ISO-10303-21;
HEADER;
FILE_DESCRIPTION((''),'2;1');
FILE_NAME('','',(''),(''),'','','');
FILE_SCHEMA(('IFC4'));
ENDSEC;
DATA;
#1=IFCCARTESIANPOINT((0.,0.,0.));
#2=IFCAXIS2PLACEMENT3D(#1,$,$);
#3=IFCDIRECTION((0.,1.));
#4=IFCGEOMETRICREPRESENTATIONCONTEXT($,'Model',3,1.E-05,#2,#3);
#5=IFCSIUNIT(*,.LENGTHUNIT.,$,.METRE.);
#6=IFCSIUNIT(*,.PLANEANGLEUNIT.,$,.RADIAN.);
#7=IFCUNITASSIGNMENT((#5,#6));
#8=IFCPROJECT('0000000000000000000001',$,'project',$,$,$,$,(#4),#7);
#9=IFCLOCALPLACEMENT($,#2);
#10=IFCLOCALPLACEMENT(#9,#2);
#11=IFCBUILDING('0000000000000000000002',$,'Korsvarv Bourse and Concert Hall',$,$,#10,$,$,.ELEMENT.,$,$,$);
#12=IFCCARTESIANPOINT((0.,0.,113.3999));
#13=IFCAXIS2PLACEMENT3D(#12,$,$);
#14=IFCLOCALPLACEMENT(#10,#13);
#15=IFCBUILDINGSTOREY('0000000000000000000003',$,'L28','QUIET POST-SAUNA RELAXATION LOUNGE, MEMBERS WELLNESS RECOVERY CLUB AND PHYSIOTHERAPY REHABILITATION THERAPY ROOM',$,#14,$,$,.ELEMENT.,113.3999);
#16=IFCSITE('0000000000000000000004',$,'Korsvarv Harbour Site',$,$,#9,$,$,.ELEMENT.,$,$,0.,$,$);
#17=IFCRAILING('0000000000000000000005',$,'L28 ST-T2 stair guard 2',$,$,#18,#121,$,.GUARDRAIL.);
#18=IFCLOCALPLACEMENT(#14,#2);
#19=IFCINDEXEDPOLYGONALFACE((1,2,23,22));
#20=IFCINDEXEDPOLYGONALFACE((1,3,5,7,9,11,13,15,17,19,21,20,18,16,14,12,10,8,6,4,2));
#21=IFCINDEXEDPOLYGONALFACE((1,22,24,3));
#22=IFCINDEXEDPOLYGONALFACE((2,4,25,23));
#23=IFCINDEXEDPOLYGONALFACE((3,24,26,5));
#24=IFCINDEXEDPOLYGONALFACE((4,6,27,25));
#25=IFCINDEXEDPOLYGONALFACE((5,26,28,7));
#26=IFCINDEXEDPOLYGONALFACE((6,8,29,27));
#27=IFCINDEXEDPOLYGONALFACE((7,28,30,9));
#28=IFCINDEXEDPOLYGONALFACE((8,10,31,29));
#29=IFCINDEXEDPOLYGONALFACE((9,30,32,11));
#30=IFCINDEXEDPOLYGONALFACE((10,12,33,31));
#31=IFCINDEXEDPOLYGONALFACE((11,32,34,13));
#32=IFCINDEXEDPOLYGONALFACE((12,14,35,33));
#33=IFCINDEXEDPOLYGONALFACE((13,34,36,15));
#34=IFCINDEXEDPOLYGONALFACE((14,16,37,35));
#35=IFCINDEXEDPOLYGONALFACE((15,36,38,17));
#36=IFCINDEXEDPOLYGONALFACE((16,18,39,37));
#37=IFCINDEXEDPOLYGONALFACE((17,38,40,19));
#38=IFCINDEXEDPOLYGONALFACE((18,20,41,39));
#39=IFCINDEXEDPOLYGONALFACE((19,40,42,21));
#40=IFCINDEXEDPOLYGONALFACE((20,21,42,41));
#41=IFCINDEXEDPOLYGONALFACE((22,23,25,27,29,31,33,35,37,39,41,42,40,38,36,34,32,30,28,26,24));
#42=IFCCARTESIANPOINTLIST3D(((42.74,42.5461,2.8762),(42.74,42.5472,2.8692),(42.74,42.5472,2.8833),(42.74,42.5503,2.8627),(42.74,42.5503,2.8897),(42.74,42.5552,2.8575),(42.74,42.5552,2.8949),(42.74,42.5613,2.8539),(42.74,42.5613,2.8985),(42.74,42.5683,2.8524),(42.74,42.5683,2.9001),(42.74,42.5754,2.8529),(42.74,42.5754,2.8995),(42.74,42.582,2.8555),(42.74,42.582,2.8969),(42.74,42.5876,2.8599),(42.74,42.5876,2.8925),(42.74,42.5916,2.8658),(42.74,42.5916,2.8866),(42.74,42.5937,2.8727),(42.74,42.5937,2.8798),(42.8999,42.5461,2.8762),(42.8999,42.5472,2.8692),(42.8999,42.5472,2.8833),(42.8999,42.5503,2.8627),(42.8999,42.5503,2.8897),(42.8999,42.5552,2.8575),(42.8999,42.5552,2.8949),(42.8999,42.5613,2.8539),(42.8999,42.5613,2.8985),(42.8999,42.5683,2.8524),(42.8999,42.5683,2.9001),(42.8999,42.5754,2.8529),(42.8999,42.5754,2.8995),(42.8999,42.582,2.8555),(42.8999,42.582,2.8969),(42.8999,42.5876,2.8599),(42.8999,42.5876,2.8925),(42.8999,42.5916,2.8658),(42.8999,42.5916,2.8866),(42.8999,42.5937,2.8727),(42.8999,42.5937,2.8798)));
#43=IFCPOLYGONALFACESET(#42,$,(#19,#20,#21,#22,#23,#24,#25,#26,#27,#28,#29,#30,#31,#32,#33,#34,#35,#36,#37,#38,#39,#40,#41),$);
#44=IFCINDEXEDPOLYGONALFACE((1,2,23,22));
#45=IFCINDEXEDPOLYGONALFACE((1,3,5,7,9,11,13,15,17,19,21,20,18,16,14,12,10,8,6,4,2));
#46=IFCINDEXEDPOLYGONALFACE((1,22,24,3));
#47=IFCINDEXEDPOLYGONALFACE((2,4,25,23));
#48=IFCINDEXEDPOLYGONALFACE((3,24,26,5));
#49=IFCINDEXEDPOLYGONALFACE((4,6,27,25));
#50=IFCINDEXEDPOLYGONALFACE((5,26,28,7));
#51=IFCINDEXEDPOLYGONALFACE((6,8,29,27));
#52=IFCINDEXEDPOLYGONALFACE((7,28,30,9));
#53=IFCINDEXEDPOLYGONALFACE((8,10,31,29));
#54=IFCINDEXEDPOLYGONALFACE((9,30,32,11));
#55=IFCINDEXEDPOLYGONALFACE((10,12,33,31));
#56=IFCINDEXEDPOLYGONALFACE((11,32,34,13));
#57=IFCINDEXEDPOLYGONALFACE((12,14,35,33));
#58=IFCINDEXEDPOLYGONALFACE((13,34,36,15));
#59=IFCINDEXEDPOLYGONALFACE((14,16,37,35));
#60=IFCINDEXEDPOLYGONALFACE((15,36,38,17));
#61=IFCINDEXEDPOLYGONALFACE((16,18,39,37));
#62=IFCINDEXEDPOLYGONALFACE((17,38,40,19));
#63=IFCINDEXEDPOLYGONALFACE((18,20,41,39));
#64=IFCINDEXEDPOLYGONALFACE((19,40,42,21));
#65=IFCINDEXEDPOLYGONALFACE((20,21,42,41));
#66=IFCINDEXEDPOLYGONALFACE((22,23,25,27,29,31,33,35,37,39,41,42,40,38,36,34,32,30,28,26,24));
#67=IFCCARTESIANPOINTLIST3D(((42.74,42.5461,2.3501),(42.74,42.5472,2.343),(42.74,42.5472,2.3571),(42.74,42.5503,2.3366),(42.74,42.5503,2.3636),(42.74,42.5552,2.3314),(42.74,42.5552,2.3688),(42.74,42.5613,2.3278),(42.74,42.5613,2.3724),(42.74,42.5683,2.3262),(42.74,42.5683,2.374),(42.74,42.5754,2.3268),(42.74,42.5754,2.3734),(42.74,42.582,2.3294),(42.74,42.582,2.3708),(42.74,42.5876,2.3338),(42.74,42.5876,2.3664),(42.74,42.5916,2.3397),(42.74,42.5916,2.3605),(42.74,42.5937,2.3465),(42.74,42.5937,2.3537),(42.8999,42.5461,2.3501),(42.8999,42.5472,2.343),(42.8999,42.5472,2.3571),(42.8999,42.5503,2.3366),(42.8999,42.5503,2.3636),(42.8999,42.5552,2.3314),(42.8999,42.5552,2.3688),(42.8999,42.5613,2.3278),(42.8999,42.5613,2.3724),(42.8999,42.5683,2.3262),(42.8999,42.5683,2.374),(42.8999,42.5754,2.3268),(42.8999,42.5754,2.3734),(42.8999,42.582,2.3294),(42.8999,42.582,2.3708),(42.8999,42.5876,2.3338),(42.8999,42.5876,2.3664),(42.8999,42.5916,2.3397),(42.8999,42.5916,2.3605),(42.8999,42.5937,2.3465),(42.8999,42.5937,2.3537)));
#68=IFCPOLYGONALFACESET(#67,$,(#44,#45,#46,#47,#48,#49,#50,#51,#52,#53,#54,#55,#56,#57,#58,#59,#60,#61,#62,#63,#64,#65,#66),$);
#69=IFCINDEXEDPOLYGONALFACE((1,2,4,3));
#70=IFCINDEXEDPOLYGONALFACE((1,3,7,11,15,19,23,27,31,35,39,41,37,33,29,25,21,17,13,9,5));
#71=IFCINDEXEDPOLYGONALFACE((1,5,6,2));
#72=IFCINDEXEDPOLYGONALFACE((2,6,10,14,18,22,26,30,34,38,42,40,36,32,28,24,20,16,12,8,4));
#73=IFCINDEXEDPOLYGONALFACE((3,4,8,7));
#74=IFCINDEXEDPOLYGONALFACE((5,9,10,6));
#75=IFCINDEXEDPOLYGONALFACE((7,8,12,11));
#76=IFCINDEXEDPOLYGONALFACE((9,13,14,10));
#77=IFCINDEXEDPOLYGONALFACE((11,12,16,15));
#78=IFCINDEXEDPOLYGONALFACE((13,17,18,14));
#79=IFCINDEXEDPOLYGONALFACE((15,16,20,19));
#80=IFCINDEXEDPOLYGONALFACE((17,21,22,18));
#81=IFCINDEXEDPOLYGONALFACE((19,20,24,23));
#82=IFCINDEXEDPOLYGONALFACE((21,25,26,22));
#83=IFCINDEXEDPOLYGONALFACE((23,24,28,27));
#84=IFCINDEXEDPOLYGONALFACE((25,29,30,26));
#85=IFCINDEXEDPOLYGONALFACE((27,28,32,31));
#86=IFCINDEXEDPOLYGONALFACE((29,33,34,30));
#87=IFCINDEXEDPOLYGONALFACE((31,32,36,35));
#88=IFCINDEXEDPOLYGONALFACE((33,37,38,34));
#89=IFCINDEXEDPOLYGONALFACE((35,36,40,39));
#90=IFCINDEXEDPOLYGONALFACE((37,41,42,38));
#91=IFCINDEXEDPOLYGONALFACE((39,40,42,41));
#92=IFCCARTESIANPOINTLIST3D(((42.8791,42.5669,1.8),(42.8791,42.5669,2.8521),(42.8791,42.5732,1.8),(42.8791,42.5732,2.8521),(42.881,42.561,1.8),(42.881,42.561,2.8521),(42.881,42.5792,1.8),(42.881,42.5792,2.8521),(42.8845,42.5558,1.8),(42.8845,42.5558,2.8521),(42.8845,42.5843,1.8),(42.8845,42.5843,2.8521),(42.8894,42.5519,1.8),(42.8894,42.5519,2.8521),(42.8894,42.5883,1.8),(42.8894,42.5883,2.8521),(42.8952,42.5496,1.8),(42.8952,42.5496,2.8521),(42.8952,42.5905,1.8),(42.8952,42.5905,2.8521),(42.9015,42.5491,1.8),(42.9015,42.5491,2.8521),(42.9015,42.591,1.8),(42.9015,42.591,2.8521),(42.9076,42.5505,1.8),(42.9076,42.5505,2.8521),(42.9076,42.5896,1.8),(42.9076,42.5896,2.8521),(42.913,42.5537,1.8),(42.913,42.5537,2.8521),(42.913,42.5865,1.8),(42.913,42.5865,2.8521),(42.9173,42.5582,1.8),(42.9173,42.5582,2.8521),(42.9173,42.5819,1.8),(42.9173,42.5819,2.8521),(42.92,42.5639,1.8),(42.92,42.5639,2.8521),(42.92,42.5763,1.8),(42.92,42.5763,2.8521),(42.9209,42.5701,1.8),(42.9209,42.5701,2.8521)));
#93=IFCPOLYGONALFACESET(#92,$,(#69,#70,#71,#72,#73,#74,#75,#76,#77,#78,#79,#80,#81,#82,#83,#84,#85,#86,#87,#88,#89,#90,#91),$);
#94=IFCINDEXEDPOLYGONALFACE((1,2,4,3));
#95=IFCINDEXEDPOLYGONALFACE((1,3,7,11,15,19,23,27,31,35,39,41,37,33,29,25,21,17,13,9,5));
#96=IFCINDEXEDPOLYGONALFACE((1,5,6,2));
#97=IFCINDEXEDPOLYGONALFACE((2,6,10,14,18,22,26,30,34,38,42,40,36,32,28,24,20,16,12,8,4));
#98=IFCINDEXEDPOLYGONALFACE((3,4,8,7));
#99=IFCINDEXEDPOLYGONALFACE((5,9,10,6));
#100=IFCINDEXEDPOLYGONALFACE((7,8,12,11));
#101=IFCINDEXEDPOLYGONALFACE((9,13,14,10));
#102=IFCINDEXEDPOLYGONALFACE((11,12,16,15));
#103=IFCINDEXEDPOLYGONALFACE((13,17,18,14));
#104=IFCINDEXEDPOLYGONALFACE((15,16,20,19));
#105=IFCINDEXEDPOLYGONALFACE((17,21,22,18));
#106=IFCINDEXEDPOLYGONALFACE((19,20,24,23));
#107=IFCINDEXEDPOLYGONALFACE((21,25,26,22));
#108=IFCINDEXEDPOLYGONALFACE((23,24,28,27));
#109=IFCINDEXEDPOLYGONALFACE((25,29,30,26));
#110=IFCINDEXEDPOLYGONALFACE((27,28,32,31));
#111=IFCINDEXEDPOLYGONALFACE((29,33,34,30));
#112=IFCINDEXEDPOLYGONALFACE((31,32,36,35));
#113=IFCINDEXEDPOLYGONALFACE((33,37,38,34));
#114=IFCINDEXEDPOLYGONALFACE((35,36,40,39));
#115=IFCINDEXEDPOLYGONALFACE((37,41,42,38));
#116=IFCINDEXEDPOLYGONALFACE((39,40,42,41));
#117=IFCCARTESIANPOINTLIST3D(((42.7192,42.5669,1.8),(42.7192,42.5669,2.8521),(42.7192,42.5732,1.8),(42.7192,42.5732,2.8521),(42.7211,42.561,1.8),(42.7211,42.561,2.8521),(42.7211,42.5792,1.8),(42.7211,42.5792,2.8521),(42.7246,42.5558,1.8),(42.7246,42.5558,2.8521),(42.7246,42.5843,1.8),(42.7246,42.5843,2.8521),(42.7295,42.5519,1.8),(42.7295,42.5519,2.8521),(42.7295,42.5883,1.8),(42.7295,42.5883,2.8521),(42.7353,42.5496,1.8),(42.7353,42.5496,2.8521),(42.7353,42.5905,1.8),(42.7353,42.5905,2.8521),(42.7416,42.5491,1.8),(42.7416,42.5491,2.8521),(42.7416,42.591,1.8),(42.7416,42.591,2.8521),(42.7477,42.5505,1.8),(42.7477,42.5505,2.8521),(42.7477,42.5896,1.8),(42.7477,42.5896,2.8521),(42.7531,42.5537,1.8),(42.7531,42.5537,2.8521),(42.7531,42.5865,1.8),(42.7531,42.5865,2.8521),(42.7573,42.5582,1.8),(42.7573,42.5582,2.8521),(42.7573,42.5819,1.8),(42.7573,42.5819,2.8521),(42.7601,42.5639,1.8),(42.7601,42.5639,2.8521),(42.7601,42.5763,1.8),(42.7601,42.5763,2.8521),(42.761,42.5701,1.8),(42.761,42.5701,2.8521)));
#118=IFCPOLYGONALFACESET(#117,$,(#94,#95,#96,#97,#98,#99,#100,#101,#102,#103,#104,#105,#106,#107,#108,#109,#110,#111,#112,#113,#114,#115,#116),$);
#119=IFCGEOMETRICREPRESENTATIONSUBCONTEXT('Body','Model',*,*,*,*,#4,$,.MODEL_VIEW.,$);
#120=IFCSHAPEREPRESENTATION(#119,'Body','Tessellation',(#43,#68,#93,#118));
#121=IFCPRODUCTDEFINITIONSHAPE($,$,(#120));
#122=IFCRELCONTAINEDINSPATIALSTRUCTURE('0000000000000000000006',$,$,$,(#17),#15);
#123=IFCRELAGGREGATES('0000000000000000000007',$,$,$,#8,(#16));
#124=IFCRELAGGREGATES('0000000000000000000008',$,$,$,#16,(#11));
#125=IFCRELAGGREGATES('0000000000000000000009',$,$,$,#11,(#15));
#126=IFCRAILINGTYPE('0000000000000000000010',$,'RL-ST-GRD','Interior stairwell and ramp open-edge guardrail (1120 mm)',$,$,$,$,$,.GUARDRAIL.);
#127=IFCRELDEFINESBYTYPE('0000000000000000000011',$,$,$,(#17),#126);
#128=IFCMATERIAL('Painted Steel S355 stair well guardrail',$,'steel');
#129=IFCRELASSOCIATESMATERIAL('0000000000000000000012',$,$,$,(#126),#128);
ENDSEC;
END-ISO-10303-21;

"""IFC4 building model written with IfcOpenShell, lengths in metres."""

from ifc_helpers import new_model, si_unit, direction, frame, origin, origin_2d, place, context, subcontext, project, spatial, circle, extrude, material, type_object, element, save


model = new_model("IFC4")

# Units and contexts
model_context = context("Model", 3, precision=1e-05, world=origin(), true_north=direction((0.0, 1.0)))
body_context = subcontext(model_context, "Body", "Model", "MODEL_VIEW")
ifc_project = project(units=[si_unit("LENGTHUNIT", "METRE"), si_unit("PLANEANGLEUNIT", "RADIAN")], contexts=[model_context])

# Site, building, storey
site_placement = place(None, origin())
site = spatial("IfcSite", under=ifc_project, at=site_placement, Name="Korsvarv Harbour Site", CompositionType="ELEMENT", RefElevation=0.0)
building_placement = place(site_placement, origin())
building = spatial("IfcBuilding", under=site, at=building_placement, Name="Korsvarv Bourse and Concert Hall", CompositionType="ELEMENT")
storey_placement = place(building_placement, frame((0.0, 0.0, 113.3999)))
storey = spatial("IfcBuildingStorey", under=building, at=storey_placement, Name="L28", Description="QUIET POST-SAUNA RELAXATION LOUNGE, MEMBERS WELLNESS RECOVERY CLUB AND PHYSIOTHERAPY REHABILITATION THERAPY ROOM", CompositionType="ELEMENT", Elevation=113.3999)

# Railing
ifc_material_1 = material(Name="Painted Steel S355 stair well guardrail", Category="steel")
railing_type_1 = type_object("IfcRailingType", Name="RL-ST-GRD", Description="Interior stairwell and ramp open-edge guardrail (1120 mm)", PredefinedType="GUARDRAIL", material=ifc_material_1)
railing_1_placement = place(storey_placement, frame((42.8999, 42.5701, 1.8)))
element("IfcRailing", 1, at=railing_1_placement, inside=storey, type_object=railing_type_1, Name="L28 ST-T2 stair guard 2", PredefinedType="GUARDRAIL", context=body_context, shape_type="SweptSolid", body=[
    extrude(circle(Radius=0.0239, at=origin_2d()), frame((0.0, 0.0, 1.0762), z_axis=(-1.0, 0.0, 0.0), x_axis=(0.0, -1.0, 0.0)), (0.0, 0.0, 1.0), 0.1599),
    extrude(circle(Radius=0.0239, at=origin_2d()), frame((0.0, 0.0, 0.55), z_axis=(-1.0, 0.0, 0.0), x_axis=(0.0, -1.0, 0.0)), (0.0, 0.0, 1.0), 0.1599),
    extrude(circle(Radius=0.021, at=origin_2d()), origin(), (0.0, 0.0, 1.0), 1.052),
    extrude(circle(Radius=0.021, at=origin_2d()), frame((-0.1599, 0.0, 0.0)), (0.0, 0.0, 1.0), 1.052),
])

save(model, "model.ifc")
